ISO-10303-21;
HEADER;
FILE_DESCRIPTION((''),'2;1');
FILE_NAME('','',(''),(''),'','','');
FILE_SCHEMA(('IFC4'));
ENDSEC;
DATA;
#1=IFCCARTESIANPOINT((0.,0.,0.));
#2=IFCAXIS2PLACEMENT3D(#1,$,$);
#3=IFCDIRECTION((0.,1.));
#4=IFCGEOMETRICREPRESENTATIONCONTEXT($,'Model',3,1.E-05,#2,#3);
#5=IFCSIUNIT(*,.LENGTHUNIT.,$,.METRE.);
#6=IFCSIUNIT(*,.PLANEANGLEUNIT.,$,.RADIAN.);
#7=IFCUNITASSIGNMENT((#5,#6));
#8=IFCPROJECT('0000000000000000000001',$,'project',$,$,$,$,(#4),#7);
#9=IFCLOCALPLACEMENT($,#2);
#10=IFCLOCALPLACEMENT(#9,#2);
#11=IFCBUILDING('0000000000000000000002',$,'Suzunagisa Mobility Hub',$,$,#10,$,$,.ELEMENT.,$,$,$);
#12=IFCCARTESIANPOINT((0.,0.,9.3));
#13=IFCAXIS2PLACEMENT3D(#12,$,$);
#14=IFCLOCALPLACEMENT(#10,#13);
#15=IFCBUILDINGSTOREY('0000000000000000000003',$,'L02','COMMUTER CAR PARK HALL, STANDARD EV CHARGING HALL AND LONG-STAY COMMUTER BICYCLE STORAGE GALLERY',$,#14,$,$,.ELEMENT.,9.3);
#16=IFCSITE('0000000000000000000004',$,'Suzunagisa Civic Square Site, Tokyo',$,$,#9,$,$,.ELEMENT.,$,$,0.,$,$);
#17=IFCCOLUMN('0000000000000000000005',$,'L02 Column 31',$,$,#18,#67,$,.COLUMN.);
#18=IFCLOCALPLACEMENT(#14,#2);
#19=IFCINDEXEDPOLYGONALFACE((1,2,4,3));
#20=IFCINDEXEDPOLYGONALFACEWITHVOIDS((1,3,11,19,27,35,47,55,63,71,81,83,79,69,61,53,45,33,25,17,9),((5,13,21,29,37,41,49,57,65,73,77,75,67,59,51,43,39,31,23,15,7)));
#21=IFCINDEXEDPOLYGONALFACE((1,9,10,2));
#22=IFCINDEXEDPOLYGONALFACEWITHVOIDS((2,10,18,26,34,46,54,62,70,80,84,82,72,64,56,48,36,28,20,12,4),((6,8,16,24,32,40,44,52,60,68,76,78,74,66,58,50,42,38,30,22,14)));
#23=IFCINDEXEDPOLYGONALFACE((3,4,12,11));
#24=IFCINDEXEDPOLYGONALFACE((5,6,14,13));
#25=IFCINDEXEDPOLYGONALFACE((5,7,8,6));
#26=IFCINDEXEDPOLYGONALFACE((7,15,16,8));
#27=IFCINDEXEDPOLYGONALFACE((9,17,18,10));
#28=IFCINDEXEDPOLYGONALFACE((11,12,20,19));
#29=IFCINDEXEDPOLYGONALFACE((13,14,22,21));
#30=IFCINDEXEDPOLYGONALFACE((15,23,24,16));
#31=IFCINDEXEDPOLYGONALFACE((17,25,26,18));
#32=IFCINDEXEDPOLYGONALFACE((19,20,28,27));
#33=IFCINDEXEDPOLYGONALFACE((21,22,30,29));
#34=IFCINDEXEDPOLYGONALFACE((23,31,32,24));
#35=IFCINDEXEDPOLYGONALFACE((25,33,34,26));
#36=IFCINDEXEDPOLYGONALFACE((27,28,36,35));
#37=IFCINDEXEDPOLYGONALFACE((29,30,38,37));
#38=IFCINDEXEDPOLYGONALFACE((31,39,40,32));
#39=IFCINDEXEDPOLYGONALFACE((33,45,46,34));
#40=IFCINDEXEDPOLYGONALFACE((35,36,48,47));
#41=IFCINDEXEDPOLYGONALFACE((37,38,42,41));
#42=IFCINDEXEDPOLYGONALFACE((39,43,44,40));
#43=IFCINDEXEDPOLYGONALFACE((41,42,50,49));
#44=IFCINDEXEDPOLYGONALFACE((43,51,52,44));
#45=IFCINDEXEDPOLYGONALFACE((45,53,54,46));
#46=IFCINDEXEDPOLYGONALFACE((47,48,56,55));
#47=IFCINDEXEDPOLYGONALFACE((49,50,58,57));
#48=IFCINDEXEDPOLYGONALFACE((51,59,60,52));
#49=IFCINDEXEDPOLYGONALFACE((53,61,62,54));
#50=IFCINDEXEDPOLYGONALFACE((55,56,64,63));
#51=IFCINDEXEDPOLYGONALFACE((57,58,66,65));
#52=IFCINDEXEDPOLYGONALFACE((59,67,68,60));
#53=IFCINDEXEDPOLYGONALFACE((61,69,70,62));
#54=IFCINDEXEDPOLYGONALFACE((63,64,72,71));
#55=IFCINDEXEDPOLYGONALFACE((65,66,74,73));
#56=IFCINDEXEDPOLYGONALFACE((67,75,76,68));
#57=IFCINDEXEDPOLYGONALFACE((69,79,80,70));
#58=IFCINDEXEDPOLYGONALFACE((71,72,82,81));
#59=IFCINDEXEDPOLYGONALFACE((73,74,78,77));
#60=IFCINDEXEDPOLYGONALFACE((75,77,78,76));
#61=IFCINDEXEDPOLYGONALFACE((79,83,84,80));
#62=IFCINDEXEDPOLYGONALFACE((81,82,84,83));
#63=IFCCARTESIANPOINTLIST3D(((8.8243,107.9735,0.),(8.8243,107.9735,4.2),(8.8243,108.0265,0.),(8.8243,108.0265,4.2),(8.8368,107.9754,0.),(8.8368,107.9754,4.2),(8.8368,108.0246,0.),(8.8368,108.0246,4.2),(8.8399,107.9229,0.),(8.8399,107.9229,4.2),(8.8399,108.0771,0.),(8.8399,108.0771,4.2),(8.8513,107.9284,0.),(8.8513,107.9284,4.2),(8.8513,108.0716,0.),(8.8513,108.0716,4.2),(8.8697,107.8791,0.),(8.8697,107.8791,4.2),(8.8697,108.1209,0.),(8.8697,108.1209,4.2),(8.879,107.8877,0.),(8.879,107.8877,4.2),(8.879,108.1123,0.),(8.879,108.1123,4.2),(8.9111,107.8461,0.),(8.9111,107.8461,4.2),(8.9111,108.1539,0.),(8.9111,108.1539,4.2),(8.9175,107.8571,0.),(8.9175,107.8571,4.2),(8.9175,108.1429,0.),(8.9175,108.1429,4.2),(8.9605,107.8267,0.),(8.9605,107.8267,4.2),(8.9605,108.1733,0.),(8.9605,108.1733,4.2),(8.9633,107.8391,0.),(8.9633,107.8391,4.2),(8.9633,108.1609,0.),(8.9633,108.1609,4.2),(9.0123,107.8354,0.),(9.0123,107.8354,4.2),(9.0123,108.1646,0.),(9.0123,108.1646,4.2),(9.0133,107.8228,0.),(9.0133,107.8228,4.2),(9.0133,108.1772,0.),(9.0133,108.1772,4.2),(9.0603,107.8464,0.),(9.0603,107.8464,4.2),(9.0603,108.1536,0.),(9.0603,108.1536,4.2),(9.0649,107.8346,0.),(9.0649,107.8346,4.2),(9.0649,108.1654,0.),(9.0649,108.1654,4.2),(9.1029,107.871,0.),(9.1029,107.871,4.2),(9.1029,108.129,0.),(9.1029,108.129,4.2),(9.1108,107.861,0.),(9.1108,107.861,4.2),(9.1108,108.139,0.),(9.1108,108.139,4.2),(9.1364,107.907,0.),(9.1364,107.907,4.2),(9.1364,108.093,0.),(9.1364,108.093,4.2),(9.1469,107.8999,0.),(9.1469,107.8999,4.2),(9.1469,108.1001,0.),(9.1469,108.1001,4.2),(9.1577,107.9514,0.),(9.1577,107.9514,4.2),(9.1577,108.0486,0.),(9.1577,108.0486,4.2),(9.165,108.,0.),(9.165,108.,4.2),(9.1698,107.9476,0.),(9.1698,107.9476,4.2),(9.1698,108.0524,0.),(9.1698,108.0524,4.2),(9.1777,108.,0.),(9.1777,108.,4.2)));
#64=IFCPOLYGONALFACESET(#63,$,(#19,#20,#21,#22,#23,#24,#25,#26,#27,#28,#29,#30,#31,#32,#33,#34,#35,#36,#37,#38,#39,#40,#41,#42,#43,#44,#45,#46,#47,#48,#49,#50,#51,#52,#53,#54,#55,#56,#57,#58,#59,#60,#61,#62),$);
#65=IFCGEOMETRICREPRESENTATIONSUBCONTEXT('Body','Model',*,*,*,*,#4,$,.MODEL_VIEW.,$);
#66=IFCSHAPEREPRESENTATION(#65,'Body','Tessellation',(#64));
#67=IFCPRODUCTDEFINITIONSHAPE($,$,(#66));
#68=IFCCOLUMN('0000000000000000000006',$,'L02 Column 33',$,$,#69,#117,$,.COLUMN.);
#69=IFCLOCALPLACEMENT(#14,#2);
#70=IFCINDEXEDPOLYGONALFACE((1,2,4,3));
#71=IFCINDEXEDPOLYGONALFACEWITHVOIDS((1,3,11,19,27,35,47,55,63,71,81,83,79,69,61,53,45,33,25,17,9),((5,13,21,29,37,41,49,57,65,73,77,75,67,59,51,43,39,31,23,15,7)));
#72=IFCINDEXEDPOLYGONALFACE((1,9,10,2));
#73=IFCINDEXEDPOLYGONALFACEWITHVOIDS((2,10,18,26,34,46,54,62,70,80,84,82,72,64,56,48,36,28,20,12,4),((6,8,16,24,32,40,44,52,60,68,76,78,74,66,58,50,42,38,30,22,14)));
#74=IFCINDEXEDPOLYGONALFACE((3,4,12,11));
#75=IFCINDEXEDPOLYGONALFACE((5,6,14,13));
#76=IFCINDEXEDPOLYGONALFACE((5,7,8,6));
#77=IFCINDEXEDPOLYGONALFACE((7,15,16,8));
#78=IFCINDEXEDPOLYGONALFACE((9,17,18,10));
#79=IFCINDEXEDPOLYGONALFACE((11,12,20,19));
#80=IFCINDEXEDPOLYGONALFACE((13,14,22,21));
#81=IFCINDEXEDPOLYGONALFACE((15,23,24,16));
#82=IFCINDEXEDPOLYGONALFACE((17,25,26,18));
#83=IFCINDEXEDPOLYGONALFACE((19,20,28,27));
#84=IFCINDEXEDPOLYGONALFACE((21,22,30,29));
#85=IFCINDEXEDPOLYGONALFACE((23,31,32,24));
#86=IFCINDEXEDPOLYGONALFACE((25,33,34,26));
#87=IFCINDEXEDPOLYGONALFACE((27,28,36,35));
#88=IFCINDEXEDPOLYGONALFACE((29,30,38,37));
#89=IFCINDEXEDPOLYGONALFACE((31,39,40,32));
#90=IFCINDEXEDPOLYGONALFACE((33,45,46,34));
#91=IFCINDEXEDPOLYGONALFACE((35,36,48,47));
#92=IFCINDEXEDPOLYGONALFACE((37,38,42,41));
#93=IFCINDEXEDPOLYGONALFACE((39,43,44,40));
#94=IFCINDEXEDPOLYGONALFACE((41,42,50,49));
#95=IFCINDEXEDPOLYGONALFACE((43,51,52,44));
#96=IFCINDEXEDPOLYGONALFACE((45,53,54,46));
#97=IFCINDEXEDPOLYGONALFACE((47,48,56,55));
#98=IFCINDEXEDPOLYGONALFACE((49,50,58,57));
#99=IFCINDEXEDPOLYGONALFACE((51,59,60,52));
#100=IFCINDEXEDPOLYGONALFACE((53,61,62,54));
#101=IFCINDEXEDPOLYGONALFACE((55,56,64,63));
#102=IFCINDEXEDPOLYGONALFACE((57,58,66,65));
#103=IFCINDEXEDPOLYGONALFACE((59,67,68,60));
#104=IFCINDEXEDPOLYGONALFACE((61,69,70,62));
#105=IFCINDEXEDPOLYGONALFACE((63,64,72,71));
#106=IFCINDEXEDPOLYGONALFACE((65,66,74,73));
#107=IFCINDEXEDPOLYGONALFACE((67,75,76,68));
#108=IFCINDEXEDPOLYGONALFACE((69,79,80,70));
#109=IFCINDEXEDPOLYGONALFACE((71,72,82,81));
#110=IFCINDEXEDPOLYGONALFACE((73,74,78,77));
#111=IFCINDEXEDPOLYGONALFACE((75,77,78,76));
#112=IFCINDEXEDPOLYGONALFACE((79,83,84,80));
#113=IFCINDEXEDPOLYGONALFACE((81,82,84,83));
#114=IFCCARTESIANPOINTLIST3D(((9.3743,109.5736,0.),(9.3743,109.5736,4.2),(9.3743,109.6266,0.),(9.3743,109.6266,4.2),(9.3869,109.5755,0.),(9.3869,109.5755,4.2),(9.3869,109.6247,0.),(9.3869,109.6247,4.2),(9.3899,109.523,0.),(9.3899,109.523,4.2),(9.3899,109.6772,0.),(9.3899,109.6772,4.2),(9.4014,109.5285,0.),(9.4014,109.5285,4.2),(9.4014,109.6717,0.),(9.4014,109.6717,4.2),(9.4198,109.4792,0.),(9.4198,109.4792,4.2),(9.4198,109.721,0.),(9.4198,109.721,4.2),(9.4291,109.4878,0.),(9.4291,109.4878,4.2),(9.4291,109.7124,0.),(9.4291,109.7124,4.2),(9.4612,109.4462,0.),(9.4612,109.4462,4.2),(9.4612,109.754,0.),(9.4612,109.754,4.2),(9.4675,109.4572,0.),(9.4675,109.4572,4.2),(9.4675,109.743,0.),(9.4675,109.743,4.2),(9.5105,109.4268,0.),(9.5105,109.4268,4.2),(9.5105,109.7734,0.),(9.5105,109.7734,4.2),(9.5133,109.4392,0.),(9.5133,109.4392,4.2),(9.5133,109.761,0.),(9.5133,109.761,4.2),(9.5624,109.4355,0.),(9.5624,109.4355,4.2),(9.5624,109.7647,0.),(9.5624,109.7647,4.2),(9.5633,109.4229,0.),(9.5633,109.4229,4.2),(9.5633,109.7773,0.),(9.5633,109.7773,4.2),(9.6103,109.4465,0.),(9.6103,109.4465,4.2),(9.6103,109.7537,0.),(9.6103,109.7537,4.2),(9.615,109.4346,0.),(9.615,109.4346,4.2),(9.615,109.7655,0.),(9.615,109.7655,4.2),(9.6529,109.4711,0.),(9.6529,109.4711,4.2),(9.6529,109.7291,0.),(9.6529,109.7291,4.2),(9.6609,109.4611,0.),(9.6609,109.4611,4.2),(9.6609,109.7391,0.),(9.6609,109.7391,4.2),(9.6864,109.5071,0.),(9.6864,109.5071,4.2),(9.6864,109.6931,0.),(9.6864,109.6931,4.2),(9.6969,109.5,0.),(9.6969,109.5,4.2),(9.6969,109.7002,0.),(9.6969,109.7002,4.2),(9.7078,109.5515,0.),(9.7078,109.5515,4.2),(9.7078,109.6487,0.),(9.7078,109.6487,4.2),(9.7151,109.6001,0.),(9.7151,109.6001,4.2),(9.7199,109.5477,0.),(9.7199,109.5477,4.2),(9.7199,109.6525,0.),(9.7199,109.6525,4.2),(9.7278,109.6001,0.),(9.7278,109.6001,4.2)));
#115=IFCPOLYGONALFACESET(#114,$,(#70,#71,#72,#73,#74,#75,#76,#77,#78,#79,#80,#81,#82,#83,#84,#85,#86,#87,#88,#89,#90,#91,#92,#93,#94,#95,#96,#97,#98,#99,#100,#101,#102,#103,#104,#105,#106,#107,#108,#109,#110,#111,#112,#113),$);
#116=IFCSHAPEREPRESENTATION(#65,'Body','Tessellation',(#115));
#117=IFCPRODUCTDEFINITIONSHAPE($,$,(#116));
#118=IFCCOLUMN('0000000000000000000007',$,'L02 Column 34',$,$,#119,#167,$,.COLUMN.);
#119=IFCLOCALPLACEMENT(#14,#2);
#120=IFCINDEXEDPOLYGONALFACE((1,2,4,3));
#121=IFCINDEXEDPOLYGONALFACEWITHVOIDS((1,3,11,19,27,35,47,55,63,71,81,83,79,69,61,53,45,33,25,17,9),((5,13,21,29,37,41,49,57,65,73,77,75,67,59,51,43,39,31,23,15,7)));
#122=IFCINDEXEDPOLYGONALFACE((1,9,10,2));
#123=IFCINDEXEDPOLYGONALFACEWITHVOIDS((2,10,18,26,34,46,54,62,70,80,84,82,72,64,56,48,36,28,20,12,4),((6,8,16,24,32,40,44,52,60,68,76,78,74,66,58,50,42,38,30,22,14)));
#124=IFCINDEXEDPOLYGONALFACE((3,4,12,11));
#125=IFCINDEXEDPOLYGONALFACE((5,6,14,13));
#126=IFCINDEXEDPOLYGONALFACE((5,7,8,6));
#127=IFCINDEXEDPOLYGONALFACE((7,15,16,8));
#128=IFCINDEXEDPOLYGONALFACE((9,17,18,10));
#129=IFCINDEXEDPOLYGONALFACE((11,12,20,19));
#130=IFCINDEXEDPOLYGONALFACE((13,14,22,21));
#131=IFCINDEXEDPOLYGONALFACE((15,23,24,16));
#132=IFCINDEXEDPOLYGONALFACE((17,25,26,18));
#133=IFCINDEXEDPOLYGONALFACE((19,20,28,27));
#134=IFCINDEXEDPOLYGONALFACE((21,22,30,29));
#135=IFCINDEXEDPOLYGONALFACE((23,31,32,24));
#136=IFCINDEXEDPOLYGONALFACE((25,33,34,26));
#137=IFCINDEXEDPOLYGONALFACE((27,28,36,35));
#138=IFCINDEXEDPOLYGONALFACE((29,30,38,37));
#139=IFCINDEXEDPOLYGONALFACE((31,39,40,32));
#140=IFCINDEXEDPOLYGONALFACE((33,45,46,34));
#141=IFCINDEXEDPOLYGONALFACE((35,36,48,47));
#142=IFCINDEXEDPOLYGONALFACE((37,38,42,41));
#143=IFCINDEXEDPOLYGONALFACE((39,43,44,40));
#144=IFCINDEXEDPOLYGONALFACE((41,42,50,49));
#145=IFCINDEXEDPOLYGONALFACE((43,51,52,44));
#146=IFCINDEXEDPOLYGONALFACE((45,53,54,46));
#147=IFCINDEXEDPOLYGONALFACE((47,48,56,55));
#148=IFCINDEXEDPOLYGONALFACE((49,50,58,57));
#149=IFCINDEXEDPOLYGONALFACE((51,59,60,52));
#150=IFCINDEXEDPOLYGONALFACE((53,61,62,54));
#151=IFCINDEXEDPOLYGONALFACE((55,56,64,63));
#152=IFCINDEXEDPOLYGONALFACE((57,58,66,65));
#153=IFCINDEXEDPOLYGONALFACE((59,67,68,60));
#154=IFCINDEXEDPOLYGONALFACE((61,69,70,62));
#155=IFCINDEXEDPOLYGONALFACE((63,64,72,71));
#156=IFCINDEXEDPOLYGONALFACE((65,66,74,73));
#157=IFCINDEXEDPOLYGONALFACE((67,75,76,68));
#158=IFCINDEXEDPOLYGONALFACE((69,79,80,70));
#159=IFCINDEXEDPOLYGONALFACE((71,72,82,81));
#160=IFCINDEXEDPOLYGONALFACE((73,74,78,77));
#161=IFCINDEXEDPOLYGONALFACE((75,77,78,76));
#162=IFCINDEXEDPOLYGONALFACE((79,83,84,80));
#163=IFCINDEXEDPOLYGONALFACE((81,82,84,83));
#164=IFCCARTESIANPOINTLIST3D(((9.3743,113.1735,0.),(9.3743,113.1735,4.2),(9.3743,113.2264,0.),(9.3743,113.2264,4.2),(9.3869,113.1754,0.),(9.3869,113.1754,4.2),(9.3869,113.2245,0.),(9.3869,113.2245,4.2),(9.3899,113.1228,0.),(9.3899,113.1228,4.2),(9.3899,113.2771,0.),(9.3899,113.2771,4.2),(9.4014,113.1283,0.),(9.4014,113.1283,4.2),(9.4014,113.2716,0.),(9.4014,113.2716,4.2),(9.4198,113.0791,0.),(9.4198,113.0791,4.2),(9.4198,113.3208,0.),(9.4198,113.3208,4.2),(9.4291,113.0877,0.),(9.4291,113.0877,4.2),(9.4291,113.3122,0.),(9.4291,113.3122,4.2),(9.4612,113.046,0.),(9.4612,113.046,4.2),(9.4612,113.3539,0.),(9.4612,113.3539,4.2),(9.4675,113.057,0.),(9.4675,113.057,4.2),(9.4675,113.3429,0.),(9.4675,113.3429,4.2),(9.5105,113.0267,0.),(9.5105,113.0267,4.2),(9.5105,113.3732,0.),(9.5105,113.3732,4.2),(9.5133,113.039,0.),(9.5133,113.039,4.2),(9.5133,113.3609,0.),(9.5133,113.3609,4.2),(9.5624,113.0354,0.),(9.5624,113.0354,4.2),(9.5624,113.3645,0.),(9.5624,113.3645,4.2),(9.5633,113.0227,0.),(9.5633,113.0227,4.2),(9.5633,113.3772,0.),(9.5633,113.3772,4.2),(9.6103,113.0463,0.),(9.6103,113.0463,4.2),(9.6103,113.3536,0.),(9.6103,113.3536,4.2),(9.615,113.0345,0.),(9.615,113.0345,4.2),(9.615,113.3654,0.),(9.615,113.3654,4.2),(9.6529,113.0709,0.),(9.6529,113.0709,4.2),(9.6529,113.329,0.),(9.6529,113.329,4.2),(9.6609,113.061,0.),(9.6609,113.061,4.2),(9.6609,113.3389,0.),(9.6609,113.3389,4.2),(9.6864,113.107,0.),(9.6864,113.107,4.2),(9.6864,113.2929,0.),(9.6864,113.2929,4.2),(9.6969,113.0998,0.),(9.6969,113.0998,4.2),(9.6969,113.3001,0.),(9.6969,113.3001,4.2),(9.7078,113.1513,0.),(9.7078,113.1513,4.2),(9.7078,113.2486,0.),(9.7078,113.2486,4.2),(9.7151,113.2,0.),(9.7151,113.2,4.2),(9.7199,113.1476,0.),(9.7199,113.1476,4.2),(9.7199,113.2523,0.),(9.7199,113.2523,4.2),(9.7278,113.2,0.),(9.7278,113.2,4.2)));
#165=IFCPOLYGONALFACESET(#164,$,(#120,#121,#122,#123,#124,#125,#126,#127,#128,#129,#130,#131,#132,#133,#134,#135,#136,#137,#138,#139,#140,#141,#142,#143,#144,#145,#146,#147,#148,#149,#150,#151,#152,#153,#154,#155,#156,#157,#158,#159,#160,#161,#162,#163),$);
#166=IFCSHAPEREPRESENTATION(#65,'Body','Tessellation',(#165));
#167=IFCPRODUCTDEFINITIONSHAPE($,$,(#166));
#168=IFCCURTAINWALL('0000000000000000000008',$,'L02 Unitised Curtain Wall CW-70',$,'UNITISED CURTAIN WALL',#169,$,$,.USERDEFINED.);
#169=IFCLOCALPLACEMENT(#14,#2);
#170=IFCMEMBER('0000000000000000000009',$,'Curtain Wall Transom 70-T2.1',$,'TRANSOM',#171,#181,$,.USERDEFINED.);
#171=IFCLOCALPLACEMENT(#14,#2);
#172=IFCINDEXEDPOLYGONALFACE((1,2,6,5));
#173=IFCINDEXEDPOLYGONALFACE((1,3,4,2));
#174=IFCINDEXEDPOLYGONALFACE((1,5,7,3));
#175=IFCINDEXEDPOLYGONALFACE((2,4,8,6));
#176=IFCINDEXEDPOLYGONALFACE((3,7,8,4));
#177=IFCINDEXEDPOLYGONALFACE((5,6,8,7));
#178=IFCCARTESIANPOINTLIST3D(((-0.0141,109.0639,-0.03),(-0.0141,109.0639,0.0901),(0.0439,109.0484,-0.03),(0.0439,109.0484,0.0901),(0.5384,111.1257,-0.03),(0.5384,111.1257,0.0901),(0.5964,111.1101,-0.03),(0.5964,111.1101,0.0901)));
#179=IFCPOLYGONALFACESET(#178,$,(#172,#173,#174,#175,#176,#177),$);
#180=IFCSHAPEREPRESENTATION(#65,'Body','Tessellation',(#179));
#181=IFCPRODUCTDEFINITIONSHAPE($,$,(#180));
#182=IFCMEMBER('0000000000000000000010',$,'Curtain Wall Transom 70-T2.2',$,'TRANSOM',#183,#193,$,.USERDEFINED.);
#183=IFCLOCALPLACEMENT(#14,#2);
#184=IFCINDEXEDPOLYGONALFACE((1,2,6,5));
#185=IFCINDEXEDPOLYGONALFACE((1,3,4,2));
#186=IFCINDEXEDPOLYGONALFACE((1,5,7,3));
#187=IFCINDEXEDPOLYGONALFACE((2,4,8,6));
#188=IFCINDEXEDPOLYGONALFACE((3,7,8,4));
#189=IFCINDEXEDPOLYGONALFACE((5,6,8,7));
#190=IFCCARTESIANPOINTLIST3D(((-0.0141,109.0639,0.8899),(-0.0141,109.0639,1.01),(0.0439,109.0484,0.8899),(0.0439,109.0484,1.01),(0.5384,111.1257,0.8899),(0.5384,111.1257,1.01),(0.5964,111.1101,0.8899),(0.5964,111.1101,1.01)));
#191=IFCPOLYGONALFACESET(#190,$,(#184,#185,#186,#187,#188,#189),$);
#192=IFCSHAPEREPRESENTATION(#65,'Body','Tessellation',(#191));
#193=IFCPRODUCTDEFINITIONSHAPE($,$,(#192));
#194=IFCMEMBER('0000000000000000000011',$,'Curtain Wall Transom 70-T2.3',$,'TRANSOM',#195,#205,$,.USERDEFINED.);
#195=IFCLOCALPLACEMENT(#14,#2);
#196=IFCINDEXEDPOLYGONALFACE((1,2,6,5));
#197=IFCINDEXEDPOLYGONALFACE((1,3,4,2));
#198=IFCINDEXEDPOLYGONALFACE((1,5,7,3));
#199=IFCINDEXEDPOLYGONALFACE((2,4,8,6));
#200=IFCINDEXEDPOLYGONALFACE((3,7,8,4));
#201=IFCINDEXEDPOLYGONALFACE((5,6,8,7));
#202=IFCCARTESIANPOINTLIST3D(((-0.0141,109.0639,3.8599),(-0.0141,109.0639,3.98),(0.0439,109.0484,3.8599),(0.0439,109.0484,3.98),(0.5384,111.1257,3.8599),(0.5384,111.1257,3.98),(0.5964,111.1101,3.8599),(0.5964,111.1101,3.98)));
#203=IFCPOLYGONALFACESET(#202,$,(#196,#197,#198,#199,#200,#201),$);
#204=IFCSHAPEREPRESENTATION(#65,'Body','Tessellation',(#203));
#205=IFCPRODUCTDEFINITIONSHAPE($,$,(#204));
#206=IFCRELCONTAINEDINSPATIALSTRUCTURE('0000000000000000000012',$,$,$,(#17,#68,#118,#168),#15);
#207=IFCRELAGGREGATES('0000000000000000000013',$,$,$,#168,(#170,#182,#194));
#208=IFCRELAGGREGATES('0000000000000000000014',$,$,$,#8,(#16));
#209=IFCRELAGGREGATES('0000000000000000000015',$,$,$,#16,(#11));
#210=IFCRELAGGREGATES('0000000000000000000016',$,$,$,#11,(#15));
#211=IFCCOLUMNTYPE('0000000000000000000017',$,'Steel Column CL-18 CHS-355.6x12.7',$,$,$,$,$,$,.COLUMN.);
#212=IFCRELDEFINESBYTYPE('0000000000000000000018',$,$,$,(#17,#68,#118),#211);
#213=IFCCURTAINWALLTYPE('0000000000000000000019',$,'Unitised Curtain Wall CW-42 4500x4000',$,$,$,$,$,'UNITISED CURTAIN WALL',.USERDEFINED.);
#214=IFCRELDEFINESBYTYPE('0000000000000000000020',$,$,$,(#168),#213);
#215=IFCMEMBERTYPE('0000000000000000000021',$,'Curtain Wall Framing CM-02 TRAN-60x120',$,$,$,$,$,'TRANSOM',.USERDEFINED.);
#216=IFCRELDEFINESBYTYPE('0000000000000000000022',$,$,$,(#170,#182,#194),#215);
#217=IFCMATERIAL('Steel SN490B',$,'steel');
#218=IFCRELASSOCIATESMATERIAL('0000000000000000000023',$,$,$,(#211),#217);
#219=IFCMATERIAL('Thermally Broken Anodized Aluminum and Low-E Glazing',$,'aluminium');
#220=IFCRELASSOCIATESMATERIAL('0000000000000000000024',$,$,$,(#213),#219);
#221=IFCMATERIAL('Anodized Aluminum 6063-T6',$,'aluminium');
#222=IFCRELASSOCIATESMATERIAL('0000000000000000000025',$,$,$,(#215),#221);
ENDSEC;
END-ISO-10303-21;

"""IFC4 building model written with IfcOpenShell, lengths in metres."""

from ifc_helpers import new_model, si_unit, direction, frame, origin, origin_2d, place, context, subcontext, project, spatial, rectangle, hollow_circle, extrude, material, material_profile, profile_set, type_object, element, aggregate, save


model = new_model("IFC4")

# Units and contexts
model_context = context("Model", 3, precision=1e-05, world=origin(), true_north=direction((0.0, 1.0)))
body_context = subcontext(model_context, "Body", "Model", "MODEL_VIEW")
ifc_project = project(units=[si_unit("LENGTHUNIT", "METRE"), si_unit("PLANEANGLEUNIT", "RADIAN")], contexts=[model_context])

# Site, building, storey
site_placement = place(None, origin())
site = spatial("IfcSite", under=ifc_project, at=site_placement, Name="Suzunagisa Civic Square Site, Tokyo", CompositionType="ELEMENT", RefElevation=0.0)
building_placement = place(site_placement, origin())
building = spatial("IfcBuilding", under=site, at=building_placement, Name="Suzunagisa Mobility Hub", CompositionType="ELEMENT")
storey_placement = place(building_placement, frame((0.0, 0.0, 9.3)))
storey = spatial("IfcBuildingStorey", under=building, at=storey_placement, Name="L02", Description="COMMUTER CAR PARK HALL, STANDARD EV CHARGING HALL AND LONG-STAY COMMUTER BICYCLE STORAGE GALLERY", CompositionType="ELEMENT", Elevation=9.3)

# Columns
ifc_material_1 = material(Name="Steel SN490B", Category="steel")
ifc_material_profile_1 = material_profile(ifc_material_1, hollow_circle(Radius=0.1777, WallThickness=0.0127, at=origin_2d()), Name="CHS-355.6x12.7")
ifc_profile_set_1 = profile_set([ifc_material_profile_1], Name="Steel SN490B")
column_type_1 = type_object("IfcColumnType", Name="Steel Column CL-18 CHS-355.6x12.7", PredefinedType="COLUMN", material=ifc_profile_set_1)
for number, where, z_axis, x_axis, name in (
    (1, (9.0, 108.0, 0.0), (0.0, 0.0, 1.0), (1.0, 0.0, 0.0), "L02 Column 31"),
    (2, (9.55, 109.6001, 0.0), (0.0, 0.0, 1.0), (1.0, 0.0, 0.0), "L02 Column 33"),
    (3, (9.55, 113.2, 0.0), (0.0, 0.0, 1.0), (1.0, 0.0, 0.0), "L02 Column 34"),
):
    element("IfcColumn", number, at=place(storey_placement, frame(where, z_axis=z_axis, x_axis=x_axis)), inside=storey, type_object=column_type_1, Name=name, PredefinedType="COLUMN", context=body_context, shape_type="SweptSolid", body=[
        extrude(hollow_circle(Radius=0.1777, WallThickness=0.0127, at=origin_2d()), origin(), (0.0, 0.0, 1.0), 4.2),
    ])

# Curtain wall, members
ifc_material_2 = material(Name="Thermally Broken Anodized Aluminum and Low-E Glazing", Category="aluminium")
curtain_wall_type = type_object("IfcCurtainWallType", Name="Unitised Curtain Wall CW-42 4500x4000", ElementType="UNITISED CURTAIN WALL", PredefinedType="USERDEFINED", material=ifc_material_2)
curtain_wall_placement = place(storey_placement, origin())
curtain_wall = element("IfcCurtainWall", 4, at=curtain_wall_placement, inside=storey, type_object=curtain_wall_type, Name="L02 Unitised Curtain Wall CW-70", ObjectType="UNITISED CURTAIN WALL", PredefinedType="USERDEFINED")
ifc_material_3 = material(Name="Anodized Aluminum 6063-T6", Category="aluminium")
ifc_material_profile_2 = material_profile(ifc_material_3, rectangle(XDim=0.0601, YDim=0.1201, at=origin_2d()), Name="TRAN-60x120")
ifc_profile_set_2 = profile_set([ifc_material_profile_2], Name="Anodized Aluminum 6063-T6")
member_type_1 = type_object("IfcMemberType", Name="Curtain Wall Framing CM-02 TRAN-60x120", ElementType="TRANSOM", PredefinedType="USERDEFINED", material=ifc_profile_set_2)
member_1_placement = place(storey_placement, frame((0.5674, 111.1179, 0.03), z_axis=(-0.258837, -0.965921, 0.0), x_axis=(0.965921, -0.258837, 0.0)))
member_1 = element("IfcMember", 5, at=member_1_placement, type_object=member_type_1, Name="Curtain Wall Transom 70-T2.1", ObjectType="TRANSOM", PredefinedType="USERDEFINED", context=body_context, shape_type="SweptSolid", body=[
    extrude(rectangle(XDim=0.0601, YDim=0.1201, at=origin_2d()), origin(), (0.0, 0.0, 1.0), 2.1345),
])
member_2_placement = place(storey_placement, frame((0.5674, 111.1179, 0.95), z_axis=(-0.258837, -0.965921, 0.0), x_axis=(0.965921, -0.258837, 0.0)))
member_2 = element("IfcMember", 6, at=member_2_placement, type_object=member_type_1, Name="Curtain Wall Transom 70-T2.2", ObjectType="TRANSOM", PredefinedType="USERDEFINED", context=body_context, shape_type="SweptSolid", body=[
    extrude(rectangle(XDim=0.0601, YDim=0.1201, at=origin_2d()), origin(), (0.0, 0.0, 1.0), 2.1345),
])
member_3_placement = place(storey_placement, frame((0.5674, 111.1179, 3.9199), z_axis=(-0.258837, -0.965921, 0.0), x_axis=(0.965921, -0.258837, 0.0)))
member_3 = element("IfcMember", 7, at=member_3_placement, type_object=member_type_1, Name="Curtain Wall Transom 70-T2.3", ObjectType="TRANSOM", PredefinedType="USERDEFINED", context=body_context, shape_type="SweptSolid", body=[
    extrude(rectangle(XDim=0.0601, YDim=0.1201, at=origin_2d()), origin(), (0.0, 0.0, 1.0), 2.1345),
])

aggregate(curtain_wall, [member_1, member_2, member_3])

save(model, "model.ifc")
